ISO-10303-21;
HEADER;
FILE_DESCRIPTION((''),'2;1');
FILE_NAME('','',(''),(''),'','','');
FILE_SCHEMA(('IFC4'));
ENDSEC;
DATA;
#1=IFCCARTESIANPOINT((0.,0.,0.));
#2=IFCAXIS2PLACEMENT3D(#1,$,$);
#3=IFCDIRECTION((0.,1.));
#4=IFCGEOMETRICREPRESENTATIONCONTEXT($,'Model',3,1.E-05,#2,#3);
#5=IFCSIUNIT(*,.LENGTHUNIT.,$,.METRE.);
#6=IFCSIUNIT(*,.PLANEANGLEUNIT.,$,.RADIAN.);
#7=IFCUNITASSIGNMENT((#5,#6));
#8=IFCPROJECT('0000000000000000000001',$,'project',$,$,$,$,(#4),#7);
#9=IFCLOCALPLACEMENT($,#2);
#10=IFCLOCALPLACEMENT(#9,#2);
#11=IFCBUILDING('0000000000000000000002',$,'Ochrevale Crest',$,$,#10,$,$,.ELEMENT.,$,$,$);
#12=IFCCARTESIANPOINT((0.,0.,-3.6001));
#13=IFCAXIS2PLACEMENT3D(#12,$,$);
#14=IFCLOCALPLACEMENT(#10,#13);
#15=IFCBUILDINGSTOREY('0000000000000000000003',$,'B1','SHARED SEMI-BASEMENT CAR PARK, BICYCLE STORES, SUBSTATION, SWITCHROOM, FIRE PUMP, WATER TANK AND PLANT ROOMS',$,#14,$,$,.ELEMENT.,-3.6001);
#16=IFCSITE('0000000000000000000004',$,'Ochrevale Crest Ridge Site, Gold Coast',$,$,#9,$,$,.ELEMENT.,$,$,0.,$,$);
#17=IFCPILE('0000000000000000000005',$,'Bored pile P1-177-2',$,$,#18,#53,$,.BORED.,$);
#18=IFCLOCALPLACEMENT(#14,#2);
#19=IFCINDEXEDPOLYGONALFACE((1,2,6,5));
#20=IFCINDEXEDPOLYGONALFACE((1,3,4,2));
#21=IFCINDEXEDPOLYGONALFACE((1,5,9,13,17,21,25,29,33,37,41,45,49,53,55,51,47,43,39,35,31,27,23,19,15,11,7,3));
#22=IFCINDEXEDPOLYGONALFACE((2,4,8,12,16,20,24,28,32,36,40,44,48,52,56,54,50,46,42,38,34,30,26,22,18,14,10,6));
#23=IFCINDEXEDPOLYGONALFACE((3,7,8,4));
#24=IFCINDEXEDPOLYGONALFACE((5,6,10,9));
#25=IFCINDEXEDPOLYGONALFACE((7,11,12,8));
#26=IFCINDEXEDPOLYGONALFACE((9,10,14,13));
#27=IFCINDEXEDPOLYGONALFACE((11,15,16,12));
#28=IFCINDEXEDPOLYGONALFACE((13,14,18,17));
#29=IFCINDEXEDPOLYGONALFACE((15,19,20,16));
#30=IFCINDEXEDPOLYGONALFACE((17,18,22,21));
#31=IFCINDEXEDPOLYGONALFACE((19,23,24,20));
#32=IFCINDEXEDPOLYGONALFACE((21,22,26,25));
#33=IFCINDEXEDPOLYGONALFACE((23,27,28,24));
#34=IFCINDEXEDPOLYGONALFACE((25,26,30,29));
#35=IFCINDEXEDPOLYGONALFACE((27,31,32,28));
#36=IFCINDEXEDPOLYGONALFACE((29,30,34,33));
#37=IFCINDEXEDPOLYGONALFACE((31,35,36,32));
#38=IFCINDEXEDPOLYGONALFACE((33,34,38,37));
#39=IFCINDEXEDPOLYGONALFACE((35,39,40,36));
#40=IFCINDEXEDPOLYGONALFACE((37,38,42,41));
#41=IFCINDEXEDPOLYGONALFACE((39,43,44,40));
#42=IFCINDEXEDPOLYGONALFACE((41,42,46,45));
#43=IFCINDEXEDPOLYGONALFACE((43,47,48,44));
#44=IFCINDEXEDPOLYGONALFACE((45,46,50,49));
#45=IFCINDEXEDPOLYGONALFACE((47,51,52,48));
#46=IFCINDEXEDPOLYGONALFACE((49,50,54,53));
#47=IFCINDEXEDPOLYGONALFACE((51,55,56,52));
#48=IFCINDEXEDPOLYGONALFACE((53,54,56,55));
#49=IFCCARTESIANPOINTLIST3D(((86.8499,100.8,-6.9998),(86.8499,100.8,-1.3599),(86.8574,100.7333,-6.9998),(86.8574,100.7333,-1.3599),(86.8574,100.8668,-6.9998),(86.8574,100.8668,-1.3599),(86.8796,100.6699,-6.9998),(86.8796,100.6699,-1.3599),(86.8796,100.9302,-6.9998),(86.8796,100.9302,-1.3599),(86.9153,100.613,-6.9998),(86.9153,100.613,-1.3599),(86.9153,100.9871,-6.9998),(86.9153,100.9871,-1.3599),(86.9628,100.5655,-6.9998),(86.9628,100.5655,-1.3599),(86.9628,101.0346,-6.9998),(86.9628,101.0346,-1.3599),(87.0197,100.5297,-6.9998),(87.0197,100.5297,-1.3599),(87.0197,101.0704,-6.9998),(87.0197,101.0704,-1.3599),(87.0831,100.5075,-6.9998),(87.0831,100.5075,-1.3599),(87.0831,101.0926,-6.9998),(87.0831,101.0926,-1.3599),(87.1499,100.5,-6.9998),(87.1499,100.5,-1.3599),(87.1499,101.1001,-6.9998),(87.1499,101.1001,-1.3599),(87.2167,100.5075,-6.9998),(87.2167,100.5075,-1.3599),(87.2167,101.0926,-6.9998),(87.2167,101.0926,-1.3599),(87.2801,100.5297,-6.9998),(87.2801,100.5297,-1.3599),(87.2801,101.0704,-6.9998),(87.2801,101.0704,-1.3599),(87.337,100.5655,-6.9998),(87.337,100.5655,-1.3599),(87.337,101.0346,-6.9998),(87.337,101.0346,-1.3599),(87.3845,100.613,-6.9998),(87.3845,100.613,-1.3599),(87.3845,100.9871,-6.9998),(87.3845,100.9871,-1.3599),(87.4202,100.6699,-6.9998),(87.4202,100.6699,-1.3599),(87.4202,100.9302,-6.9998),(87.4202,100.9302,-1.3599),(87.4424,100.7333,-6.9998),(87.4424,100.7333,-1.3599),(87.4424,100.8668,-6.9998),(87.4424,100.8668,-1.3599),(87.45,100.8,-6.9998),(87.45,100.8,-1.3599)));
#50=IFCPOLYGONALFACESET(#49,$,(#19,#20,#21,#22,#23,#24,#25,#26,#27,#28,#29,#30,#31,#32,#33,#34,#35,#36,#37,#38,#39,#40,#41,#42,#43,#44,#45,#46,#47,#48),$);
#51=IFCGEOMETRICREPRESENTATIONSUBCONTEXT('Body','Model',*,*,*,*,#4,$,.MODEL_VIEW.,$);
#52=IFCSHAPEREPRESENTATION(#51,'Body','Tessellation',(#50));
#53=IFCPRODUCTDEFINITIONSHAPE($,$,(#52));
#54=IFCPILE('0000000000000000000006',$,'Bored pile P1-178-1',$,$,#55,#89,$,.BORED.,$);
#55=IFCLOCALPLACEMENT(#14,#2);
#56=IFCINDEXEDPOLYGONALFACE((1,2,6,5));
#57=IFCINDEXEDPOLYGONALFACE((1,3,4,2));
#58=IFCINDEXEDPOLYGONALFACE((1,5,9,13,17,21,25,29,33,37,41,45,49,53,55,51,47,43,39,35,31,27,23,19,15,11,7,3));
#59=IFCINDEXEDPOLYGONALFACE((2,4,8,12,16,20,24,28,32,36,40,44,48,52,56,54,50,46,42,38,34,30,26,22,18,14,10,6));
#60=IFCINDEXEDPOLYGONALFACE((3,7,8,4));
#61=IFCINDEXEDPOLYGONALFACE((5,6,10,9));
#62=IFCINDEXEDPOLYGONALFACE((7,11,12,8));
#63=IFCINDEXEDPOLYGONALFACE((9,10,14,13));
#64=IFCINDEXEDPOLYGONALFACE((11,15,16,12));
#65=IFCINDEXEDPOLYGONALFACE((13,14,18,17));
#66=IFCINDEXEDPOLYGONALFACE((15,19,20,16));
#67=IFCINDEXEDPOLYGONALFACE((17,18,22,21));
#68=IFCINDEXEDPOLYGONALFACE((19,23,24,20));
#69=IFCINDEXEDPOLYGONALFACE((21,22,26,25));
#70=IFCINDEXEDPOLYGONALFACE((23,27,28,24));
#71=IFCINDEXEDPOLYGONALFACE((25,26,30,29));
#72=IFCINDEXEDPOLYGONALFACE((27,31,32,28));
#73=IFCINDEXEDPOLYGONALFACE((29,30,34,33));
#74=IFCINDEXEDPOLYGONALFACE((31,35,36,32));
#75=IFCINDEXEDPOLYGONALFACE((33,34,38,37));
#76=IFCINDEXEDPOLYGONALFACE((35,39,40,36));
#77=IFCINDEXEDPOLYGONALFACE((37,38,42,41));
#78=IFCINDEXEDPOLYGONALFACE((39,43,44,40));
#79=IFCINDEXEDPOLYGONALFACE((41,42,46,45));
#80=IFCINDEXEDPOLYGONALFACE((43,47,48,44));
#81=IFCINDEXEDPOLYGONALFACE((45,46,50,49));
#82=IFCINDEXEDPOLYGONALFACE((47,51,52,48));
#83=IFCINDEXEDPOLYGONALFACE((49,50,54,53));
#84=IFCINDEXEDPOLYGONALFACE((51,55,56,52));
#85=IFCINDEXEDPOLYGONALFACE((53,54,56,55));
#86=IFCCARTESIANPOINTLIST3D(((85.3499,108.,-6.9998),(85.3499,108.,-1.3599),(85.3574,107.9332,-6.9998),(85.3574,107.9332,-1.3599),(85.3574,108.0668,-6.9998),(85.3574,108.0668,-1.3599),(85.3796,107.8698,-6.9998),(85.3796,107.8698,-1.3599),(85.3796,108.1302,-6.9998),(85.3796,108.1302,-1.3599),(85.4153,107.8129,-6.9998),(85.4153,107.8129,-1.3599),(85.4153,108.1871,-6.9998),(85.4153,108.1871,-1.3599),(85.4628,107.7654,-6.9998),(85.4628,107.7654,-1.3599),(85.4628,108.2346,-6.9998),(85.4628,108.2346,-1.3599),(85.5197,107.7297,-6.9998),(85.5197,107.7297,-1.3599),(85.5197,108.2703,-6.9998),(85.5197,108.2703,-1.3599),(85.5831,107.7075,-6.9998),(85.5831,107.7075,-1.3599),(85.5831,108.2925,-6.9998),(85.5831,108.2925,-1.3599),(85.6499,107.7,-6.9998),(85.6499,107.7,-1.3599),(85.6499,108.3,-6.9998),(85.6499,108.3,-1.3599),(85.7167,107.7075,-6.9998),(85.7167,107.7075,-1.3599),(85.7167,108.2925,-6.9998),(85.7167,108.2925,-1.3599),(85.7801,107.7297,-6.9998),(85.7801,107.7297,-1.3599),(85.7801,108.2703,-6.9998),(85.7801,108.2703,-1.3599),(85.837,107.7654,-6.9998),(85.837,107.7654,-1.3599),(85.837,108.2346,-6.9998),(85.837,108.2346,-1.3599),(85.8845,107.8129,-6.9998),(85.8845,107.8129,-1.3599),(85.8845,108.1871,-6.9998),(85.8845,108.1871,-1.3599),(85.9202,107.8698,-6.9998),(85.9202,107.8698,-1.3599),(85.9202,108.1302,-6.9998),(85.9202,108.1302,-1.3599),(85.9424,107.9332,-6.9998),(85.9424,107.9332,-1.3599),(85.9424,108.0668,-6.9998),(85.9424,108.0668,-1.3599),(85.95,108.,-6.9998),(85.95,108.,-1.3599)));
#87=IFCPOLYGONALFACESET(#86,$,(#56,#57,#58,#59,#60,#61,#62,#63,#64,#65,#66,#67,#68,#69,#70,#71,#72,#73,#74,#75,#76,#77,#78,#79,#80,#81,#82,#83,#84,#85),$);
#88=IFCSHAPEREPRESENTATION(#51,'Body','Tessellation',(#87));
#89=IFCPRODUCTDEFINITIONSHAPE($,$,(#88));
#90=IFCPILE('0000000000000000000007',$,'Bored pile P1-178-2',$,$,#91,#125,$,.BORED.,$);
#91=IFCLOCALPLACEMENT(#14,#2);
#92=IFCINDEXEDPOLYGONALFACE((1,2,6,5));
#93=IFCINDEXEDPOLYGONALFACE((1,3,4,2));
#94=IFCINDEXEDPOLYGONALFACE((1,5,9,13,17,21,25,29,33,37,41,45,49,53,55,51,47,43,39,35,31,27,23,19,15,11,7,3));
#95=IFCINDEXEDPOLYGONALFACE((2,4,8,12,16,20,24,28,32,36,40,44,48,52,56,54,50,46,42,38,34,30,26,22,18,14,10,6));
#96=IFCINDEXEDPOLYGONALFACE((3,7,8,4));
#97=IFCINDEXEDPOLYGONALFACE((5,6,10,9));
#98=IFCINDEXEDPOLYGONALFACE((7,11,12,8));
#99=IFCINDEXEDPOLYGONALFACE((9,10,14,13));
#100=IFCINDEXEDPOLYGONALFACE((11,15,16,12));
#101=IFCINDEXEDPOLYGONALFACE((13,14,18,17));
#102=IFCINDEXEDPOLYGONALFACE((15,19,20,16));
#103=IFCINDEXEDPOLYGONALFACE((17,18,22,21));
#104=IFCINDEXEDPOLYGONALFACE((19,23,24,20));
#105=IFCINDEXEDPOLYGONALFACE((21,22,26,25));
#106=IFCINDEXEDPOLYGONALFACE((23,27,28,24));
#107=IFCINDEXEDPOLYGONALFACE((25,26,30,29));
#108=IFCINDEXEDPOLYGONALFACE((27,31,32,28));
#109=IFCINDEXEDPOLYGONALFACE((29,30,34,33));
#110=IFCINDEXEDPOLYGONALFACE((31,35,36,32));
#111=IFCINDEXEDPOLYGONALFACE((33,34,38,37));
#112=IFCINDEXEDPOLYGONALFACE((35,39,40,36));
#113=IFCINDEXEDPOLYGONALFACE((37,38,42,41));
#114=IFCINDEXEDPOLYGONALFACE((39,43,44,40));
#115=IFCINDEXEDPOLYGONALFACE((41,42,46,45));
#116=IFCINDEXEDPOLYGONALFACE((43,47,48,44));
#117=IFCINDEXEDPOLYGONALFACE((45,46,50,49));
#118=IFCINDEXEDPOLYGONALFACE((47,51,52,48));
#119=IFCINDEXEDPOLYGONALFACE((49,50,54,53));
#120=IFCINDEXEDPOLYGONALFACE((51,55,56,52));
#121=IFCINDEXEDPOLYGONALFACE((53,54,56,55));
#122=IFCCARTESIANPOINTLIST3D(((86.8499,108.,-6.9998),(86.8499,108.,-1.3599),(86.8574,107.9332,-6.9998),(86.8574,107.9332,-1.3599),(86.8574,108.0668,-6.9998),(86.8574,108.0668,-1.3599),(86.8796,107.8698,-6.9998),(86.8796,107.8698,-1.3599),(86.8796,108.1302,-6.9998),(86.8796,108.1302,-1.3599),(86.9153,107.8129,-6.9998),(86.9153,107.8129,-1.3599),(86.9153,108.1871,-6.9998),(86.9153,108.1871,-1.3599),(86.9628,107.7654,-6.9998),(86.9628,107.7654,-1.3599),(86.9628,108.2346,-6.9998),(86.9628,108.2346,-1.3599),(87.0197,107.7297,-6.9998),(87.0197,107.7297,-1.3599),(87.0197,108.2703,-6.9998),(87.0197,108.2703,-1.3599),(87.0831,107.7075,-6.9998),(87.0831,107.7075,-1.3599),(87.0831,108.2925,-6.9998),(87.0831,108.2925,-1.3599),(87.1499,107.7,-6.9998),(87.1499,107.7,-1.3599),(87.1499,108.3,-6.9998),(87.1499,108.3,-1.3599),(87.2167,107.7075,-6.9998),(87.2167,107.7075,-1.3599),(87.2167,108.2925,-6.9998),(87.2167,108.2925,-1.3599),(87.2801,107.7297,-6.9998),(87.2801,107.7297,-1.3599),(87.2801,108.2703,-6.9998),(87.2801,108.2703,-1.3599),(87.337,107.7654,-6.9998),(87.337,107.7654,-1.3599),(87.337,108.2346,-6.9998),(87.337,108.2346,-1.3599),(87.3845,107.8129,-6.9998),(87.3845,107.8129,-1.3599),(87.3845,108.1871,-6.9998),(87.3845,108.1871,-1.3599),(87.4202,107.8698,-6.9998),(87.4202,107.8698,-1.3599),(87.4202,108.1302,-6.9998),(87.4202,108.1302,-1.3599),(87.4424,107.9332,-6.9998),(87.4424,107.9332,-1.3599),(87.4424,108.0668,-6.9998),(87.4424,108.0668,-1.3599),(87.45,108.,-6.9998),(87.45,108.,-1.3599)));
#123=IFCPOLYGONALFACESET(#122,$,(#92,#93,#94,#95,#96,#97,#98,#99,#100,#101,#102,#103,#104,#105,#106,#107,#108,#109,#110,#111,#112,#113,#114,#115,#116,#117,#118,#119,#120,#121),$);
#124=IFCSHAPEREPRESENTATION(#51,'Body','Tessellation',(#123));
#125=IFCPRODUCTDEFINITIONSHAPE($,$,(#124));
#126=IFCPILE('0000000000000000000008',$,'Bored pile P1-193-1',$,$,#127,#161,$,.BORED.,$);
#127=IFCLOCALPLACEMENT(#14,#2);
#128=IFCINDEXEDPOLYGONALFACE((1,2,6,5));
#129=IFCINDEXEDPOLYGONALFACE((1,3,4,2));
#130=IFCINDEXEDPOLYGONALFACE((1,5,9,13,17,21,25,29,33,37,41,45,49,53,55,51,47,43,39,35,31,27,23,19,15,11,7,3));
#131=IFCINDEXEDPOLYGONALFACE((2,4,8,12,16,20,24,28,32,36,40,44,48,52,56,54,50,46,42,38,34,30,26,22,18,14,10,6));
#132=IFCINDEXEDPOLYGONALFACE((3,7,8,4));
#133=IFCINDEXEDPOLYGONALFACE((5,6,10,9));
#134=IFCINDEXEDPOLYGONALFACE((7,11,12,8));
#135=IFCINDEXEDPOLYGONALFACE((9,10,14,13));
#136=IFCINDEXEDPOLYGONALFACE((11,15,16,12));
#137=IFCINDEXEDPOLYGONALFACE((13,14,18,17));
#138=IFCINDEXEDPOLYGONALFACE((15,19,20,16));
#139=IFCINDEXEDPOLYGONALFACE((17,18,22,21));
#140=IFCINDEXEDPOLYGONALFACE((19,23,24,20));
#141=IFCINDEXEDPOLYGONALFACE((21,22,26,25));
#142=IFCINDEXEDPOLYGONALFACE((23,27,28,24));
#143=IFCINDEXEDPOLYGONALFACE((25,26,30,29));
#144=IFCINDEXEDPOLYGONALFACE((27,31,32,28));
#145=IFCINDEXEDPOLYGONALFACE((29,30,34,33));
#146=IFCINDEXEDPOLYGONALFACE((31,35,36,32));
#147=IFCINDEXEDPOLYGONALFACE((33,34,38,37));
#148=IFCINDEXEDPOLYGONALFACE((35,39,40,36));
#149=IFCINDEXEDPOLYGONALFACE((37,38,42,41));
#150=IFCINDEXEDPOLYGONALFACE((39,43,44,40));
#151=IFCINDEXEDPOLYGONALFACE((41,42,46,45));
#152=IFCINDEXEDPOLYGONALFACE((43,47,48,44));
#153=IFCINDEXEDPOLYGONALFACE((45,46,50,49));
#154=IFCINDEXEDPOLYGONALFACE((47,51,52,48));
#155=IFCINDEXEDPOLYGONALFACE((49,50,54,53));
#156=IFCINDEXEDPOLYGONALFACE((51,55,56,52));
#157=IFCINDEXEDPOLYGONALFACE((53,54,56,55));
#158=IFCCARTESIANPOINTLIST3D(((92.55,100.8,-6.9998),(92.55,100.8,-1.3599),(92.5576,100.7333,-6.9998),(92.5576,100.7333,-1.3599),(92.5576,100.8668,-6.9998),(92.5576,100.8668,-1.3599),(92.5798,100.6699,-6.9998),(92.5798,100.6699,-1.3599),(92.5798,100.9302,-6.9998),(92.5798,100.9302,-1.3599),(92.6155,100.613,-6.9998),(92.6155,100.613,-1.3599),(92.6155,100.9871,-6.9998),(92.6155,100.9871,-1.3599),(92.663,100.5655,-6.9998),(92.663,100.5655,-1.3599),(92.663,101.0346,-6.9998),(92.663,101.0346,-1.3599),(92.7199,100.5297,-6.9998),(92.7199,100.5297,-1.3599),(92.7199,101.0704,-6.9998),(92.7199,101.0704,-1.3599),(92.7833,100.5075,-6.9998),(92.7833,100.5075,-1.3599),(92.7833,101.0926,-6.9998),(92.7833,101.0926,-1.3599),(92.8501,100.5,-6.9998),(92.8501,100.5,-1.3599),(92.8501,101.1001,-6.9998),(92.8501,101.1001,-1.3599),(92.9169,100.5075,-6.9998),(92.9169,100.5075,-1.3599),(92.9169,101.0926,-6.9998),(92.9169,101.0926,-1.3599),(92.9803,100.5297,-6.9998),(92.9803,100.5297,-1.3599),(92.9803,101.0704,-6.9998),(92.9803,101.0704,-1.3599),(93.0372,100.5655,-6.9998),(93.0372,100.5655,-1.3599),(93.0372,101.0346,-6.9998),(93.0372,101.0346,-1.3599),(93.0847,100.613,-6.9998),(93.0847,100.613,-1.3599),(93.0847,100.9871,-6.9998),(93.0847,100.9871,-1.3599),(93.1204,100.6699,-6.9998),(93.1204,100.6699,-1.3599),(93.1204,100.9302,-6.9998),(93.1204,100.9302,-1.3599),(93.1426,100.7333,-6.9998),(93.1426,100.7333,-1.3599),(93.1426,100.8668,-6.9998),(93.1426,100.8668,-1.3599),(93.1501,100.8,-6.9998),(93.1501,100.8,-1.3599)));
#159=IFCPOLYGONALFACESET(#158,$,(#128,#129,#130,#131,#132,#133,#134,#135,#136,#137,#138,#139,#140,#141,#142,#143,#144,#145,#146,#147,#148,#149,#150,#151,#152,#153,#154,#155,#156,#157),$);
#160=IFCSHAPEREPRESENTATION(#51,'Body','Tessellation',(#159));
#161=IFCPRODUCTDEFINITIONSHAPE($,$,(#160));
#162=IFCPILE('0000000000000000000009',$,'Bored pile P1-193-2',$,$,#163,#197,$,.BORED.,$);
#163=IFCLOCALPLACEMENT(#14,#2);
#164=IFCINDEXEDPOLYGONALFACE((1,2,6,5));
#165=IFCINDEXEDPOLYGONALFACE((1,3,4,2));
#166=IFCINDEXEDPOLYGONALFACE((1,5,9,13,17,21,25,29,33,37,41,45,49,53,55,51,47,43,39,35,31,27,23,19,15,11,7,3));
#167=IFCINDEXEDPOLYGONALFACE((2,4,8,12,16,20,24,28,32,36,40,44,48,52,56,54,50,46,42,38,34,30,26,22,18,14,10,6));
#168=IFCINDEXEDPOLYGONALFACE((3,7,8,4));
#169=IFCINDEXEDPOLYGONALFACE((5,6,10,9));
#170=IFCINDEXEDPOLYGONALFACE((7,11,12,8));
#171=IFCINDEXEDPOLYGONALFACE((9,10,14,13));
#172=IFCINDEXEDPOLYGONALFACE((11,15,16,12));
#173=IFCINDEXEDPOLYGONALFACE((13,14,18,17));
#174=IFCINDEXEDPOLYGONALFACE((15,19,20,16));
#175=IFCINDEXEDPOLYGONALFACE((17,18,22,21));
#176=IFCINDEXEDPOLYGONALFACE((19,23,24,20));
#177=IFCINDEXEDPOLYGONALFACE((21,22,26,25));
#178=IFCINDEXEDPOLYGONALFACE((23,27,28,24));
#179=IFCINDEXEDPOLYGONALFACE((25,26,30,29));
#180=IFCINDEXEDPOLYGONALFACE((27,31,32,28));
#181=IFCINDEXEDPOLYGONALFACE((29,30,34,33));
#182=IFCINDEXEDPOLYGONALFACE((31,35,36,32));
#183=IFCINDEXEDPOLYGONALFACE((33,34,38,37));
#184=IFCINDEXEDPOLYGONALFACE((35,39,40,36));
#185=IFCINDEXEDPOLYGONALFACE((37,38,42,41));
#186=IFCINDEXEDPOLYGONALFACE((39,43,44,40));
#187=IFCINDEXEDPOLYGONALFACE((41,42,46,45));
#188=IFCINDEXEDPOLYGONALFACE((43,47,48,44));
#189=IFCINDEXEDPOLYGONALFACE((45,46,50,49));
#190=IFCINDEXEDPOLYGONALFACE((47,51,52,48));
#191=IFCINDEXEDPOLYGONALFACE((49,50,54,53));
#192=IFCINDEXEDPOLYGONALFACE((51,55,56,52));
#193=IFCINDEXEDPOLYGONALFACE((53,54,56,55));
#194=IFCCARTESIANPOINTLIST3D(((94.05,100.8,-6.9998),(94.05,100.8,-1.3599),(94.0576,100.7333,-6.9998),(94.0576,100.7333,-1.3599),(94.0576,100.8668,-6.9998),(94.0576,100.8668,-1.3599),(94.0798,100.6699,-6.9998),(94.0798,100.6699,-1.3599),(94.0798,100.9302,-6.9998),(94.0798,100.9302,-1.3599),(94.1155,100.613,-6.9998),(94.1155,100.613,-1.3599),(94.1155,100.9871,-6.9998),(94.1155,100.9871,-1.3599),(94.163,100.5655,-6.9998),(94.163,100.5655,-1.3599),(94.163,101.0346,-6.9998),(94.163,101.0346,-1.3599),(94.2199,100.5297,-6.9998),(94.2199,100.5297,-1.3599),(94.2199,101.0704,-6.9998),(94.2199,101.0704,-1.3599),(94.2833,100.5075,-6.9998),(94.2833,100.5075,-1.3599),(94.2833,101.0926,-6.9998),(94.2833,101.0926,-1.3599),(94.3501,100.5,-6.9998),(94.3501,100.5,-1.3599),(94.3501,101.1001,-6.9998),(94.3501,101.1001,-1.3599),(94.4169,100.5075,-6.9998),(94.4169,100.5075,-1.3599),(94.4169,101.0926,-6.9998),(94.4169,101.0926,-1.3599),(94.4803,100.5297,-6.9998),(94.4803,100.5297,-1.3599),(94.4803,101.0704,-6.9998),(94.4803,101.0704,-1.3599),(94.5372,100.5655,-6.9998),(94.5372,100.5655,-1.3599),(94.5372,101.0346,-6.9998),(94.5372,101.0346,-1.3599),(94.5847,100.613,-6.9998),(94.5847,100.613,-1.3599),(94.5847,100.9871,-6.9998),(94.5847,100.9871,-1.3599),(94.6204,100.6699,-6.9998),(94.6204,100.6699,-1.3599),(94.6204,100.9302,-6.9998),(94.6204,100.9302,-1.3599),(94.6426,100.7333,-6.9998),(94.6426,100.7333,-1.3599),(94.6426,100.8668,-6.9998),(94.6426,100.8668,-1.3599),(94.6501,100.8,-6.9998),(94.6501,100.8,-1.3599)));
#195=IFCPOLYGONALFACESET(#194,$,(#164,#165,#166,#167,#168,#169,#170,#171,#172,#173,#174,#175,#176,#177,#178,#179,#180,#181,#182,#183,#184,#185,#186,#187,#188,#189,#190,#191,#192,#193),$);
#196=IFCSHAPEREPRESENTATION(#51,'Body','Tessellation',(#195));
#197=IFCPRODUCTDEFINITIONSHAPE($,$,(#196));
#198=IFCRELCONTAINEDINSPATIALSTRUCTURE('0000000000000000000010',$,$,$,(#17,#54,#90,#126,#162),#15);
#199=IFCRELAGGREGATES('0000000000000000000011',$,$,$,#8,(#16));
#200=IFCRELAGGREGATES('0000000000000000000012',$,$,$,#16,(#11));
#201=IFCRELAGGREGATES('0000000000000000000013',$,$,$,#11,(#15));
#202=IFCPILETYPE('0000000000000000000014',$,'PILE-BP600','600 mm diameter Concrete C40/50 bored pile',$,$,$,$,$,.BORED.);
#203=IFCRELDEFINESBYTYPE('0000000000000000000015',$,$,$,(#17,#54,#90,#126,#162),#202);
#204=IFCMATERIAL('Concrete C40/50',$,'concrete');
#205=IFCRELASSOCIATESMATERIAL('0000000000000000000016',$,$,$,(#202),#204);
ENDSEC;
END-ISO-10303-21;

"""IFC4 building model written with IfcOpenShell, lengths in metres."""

from ifc_helpers import new_model, si_unit, direction, frame, origin, origin_2d, place, context, subcontext, project, spatial, circle, extrude, material, material_profile, profile_set, type_object, element, save


model = new_model("IFC4")

# Units and contexts
model_context = context("Model", 3, precision=1e-05, world=origin(), true_north=direction((0.0, 1.0)))
body_context = subcontext(model_context, "Body", "Model", "MODEL_VIEW")
ifc_project = project(units=[si_unit("LENGTHUNIT", "METRE"), si_unit("PLANEANGLEUNIT", "RADIAN")], contexts=[model_context])

# Site, building, storey
site_placement = place(None, origin())
site = spatial("IfcSite", under=ifc_project, at=site_placement, Name="Ochrevale Crest Ridge Site, Gold Coast", CompositionType="ELEMENT", RefElevation=0.0)
building_placement = place(site_placement, origin())
building = spatial("IfcBuilding", under=site, at=building_placement, Name="Ochrevale Crest", CompositionType="ELEMENT")
storey_placement = place(building_placement, frame((0.0, 0.0, -3.6001)))
storey = spatial("IfcBuildingStorey", under=building, at=storey_placement, Name="B1", Description="SHARED SEMI-BASEMENT CAR PARK, BICYCLE STORES, SUBSTATION, SWITCHROOM, FIRE PUMP, WATER TANK AND PLANT ROOMS", CompositionType="ELEMENT", Elevation=-3.6001)

# Shared definitions
ifc_material_1 = material(Name="Concrete C40/50", Category="concrete")

# Piles
ifc_material_profile_1 = material_profile(ifc_material_1, circle(Radius=0.3, at=origin_2d()), Name="BORED PILE 600")
ifc_profile_set_1 = profile_set([ifc_material_profile_1], Name="Concrete C40/50")
pile_type = type_object("IfcPileType", Name="PILE-BP600", Description="600 mm diameter Concrete C40/50 bored pile", PredefinedType="BORED", material=ifc_profile_set_1)
for number, where, z_axis, x_axis, name in (
    (1, (87.1499, 100.8, -1.3599), (0.0, 0.0, -1.0), (1.0, 0.0, 0.0), "Bored pile P1-177-2"),
    (2, (85.6499, 108.0, -1.3599), (0.0, 0.0, -1.0), (1.0, 0.0, 0.0), "Bored pile P1-178-1"),
    (3, (87.1499, 108.0, -1.3599), (0.0, 0.0, -1.0), (1.0, 0.0, 0.0), "Bored pile P1-178-2"),
    (4, (92.8501, 100.8, -1.3599), (0.0, 0.0, -1.0), (1.0, 0.0, 0.0), "Bored pile P1-193-1"),
    (5, (94.3501, 100.8, -1.3599), (0.0, 0.0, -1.0), (1.0, 0.0, 0.0), "Bored pile P1-193-2"),
):
    element("IfcPile", number, at=place(storey_placement, frame(where, z_axis=z_axis, x_axis=x_axis)), inside=storey, type_object=pile_type, Name=name, PredefinedType="BORED", context=body_context, shape_type="SweptSolid", body=[
        extrude(circle(Radius=0.3, at=origin_2d()), origin(), (0.0, 0.0, 1.0), 5.6399),
    ])

save(model, "model.ifc")
